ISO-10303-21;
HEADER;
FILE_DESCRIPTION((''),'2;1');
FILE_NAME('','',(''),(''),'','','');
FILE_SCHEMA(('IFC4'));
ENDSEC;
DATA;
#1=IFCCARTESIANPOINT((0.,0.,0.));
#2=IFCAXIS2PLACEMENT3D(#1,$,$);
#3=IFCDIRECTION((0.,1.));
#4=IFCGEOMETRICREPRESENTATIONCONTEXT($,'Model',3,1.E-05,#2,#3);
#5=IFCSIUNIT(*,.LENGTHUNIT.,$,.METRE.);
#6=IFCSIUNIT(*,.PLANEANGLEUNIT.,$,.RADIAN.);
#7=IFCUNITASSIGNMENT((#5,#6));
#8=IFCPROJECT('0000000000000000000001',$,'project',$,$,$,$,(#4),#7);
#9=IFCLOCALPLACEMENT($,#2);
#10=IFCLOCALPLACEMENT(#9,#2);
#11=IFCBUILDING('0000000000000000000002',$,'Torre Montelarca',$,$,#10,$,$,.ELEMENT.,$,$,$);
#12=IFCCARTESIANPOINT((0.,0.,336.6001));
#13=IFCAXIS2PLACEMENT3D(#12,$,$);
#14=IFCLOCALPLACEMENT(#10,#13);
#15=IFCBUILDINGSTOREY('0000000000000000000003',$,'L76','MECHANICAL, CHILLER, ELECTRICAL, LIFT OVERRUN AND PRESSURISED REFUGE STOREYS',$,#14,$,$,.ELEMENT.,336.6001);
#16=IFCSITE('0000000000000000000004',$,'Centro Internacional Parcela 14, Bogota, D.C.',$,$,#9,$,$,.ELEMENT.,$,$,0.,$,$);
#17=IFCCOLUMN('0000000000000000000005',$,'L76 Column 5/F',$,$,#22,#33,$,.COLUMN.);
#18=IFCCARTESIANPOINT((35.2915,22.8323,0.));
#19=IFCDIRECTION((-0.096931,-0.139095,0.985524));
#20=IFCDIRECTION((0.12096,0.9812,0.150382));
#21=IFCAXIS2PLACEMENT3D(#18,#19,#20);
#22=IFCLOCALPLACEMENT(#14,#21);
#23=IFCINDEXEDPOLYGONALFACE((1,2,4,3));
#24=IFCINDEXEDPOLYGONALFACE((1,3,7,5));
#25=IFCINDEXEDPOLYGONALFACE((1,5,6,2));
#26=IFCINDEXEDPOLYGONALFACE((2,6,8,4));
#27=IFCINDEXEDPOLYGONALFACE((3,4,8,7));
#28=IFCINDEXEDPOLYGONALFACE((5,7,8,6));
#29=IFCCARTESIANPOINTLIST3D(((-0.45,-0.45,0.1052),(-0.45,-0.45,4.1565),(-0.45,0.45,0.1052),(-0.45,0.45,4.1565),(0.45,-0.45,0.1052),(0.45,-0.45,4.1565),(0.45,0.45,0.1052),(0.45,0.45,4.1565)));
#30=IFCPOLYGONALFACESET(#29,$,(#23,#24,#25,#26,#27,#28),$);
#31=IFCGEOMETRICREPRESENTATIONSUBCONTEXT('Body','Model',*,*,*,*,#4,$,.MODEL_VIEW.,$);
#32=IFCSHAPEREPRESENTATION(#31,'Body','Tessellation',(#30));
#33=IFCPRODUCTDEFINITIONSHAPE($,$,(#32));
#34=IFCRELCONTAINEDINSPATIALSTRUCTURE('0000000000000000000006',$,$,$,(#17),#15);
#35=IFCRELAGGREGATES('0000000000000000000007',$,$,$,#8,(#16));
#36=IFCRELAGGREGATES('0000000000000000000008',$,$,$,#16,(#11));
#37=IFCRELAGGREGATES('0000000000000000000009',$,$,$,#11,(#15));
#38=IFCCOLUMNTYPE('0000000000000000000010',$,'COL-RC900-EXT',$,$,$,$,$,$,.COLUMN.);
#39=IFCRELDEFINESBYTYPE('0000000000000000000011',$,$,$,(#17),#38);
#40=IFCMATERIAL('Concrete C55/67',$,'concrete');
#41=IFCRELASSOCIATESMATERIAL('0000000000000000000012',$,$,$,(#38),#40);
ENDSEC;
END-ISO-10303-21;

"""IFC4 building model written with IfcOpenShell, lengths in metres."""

from ifc_helpers import new_model, si_unit, direction, frame, origin, origin_2d, place, context, subcontext, project, spatial, rectangle, extrude, clip, halfspace, material, material_profile, profile_set, type_object, element, save


model = new_model("IFC4")

# Units and contexts
model_context = context("Model", 3, precision=1e-05, world=origin(), true_north=direction((0.0, 1.0)))
body_context = subcontext(model_context, "Body", "Model", "MODEL_VIEW")
ifc_project = project(units=[si_unit("LENGTHUNIT", "METRE"), si_unit("PLANEANGLEUNIT", "RADIAN")], contexts=[model_context])

# Site, building, storey
site_placement = place(None, origin())
site = spatial("IfcSite", under=ifc_project, at=site_placement, Name="Centro Internacional Parcela 14, Bogota, D.C.", CompositionType="ELEMENT", RefElevation=0.0)
building_placement = place(site_placement, origin())
building = spatial("IfcBuilding", under=site, at=building_placement, Name="Torre Montelarca", CompositionType="ELEMENT")
storey_placement = place(building_placement, frame((0.0, 0.0, 336.6001)))
storey = spatial("IfcBuildingStorey", under=building, at=storey_placement, Name="L76", Description="MECHANICAL, CHILLER, ELECTRICAL, LIFT OVERRUN AND PRESSURISED REFUGE STOREYS", CompositionType="ELEMENT", Elevation=336.6001)

# Column
ifc_material_1 = material(Name="Concrete C55/67", Category="concrete")
ifc_material_profile_1 = material_profile(ifc_material_1, rectangle(XDim=0.8999, YDim=0.8999, at=origin_2d()), Name="RC900X900", Category="concrete")
ifc_profile_set_1 = profile_set([ifc_material_profile_1], Name="Concrete C55/67")
column_type = type_object("IfcColumnType", Name="COL-RC900-EXT", PredefinedType="COLUMN", material=ifc_profile_set_1)
column_placement = place(storey_placement, frame((35.2915, 22.8323, 0.0), z_axis=(-0.096931, -0.139095, 0.985524), x_axis=(0.12096, 0.9812, 0.150382)))
element("IfcColumn", 1, at=column_placement, inside=storey, type_object=column_type, Name="L76 Column 5/F", PredefinedType="COLUMN", context=body_context, shape_type="Clipping", body=[
    clip(clip(extrude(rectangle(XDim=0.8999, YDim=0.8999, at=origin_2d()), origin(), (0.0, 0.0, 1.0), 4.2617), halfspace(frame((0.0, 0.0, 0.1052), z_axis=(0.0, 0.0, -1.0), x_axis=(1.0, 0.0, 0.0)), False)), halfspace(frame((0.0, 0.0, 4.1565), z_axis=(0.0, 0.0, 1.0), x_axis=(1.0, 0.0, 0.0)), False)),
])

save(model, "model.ifc")
